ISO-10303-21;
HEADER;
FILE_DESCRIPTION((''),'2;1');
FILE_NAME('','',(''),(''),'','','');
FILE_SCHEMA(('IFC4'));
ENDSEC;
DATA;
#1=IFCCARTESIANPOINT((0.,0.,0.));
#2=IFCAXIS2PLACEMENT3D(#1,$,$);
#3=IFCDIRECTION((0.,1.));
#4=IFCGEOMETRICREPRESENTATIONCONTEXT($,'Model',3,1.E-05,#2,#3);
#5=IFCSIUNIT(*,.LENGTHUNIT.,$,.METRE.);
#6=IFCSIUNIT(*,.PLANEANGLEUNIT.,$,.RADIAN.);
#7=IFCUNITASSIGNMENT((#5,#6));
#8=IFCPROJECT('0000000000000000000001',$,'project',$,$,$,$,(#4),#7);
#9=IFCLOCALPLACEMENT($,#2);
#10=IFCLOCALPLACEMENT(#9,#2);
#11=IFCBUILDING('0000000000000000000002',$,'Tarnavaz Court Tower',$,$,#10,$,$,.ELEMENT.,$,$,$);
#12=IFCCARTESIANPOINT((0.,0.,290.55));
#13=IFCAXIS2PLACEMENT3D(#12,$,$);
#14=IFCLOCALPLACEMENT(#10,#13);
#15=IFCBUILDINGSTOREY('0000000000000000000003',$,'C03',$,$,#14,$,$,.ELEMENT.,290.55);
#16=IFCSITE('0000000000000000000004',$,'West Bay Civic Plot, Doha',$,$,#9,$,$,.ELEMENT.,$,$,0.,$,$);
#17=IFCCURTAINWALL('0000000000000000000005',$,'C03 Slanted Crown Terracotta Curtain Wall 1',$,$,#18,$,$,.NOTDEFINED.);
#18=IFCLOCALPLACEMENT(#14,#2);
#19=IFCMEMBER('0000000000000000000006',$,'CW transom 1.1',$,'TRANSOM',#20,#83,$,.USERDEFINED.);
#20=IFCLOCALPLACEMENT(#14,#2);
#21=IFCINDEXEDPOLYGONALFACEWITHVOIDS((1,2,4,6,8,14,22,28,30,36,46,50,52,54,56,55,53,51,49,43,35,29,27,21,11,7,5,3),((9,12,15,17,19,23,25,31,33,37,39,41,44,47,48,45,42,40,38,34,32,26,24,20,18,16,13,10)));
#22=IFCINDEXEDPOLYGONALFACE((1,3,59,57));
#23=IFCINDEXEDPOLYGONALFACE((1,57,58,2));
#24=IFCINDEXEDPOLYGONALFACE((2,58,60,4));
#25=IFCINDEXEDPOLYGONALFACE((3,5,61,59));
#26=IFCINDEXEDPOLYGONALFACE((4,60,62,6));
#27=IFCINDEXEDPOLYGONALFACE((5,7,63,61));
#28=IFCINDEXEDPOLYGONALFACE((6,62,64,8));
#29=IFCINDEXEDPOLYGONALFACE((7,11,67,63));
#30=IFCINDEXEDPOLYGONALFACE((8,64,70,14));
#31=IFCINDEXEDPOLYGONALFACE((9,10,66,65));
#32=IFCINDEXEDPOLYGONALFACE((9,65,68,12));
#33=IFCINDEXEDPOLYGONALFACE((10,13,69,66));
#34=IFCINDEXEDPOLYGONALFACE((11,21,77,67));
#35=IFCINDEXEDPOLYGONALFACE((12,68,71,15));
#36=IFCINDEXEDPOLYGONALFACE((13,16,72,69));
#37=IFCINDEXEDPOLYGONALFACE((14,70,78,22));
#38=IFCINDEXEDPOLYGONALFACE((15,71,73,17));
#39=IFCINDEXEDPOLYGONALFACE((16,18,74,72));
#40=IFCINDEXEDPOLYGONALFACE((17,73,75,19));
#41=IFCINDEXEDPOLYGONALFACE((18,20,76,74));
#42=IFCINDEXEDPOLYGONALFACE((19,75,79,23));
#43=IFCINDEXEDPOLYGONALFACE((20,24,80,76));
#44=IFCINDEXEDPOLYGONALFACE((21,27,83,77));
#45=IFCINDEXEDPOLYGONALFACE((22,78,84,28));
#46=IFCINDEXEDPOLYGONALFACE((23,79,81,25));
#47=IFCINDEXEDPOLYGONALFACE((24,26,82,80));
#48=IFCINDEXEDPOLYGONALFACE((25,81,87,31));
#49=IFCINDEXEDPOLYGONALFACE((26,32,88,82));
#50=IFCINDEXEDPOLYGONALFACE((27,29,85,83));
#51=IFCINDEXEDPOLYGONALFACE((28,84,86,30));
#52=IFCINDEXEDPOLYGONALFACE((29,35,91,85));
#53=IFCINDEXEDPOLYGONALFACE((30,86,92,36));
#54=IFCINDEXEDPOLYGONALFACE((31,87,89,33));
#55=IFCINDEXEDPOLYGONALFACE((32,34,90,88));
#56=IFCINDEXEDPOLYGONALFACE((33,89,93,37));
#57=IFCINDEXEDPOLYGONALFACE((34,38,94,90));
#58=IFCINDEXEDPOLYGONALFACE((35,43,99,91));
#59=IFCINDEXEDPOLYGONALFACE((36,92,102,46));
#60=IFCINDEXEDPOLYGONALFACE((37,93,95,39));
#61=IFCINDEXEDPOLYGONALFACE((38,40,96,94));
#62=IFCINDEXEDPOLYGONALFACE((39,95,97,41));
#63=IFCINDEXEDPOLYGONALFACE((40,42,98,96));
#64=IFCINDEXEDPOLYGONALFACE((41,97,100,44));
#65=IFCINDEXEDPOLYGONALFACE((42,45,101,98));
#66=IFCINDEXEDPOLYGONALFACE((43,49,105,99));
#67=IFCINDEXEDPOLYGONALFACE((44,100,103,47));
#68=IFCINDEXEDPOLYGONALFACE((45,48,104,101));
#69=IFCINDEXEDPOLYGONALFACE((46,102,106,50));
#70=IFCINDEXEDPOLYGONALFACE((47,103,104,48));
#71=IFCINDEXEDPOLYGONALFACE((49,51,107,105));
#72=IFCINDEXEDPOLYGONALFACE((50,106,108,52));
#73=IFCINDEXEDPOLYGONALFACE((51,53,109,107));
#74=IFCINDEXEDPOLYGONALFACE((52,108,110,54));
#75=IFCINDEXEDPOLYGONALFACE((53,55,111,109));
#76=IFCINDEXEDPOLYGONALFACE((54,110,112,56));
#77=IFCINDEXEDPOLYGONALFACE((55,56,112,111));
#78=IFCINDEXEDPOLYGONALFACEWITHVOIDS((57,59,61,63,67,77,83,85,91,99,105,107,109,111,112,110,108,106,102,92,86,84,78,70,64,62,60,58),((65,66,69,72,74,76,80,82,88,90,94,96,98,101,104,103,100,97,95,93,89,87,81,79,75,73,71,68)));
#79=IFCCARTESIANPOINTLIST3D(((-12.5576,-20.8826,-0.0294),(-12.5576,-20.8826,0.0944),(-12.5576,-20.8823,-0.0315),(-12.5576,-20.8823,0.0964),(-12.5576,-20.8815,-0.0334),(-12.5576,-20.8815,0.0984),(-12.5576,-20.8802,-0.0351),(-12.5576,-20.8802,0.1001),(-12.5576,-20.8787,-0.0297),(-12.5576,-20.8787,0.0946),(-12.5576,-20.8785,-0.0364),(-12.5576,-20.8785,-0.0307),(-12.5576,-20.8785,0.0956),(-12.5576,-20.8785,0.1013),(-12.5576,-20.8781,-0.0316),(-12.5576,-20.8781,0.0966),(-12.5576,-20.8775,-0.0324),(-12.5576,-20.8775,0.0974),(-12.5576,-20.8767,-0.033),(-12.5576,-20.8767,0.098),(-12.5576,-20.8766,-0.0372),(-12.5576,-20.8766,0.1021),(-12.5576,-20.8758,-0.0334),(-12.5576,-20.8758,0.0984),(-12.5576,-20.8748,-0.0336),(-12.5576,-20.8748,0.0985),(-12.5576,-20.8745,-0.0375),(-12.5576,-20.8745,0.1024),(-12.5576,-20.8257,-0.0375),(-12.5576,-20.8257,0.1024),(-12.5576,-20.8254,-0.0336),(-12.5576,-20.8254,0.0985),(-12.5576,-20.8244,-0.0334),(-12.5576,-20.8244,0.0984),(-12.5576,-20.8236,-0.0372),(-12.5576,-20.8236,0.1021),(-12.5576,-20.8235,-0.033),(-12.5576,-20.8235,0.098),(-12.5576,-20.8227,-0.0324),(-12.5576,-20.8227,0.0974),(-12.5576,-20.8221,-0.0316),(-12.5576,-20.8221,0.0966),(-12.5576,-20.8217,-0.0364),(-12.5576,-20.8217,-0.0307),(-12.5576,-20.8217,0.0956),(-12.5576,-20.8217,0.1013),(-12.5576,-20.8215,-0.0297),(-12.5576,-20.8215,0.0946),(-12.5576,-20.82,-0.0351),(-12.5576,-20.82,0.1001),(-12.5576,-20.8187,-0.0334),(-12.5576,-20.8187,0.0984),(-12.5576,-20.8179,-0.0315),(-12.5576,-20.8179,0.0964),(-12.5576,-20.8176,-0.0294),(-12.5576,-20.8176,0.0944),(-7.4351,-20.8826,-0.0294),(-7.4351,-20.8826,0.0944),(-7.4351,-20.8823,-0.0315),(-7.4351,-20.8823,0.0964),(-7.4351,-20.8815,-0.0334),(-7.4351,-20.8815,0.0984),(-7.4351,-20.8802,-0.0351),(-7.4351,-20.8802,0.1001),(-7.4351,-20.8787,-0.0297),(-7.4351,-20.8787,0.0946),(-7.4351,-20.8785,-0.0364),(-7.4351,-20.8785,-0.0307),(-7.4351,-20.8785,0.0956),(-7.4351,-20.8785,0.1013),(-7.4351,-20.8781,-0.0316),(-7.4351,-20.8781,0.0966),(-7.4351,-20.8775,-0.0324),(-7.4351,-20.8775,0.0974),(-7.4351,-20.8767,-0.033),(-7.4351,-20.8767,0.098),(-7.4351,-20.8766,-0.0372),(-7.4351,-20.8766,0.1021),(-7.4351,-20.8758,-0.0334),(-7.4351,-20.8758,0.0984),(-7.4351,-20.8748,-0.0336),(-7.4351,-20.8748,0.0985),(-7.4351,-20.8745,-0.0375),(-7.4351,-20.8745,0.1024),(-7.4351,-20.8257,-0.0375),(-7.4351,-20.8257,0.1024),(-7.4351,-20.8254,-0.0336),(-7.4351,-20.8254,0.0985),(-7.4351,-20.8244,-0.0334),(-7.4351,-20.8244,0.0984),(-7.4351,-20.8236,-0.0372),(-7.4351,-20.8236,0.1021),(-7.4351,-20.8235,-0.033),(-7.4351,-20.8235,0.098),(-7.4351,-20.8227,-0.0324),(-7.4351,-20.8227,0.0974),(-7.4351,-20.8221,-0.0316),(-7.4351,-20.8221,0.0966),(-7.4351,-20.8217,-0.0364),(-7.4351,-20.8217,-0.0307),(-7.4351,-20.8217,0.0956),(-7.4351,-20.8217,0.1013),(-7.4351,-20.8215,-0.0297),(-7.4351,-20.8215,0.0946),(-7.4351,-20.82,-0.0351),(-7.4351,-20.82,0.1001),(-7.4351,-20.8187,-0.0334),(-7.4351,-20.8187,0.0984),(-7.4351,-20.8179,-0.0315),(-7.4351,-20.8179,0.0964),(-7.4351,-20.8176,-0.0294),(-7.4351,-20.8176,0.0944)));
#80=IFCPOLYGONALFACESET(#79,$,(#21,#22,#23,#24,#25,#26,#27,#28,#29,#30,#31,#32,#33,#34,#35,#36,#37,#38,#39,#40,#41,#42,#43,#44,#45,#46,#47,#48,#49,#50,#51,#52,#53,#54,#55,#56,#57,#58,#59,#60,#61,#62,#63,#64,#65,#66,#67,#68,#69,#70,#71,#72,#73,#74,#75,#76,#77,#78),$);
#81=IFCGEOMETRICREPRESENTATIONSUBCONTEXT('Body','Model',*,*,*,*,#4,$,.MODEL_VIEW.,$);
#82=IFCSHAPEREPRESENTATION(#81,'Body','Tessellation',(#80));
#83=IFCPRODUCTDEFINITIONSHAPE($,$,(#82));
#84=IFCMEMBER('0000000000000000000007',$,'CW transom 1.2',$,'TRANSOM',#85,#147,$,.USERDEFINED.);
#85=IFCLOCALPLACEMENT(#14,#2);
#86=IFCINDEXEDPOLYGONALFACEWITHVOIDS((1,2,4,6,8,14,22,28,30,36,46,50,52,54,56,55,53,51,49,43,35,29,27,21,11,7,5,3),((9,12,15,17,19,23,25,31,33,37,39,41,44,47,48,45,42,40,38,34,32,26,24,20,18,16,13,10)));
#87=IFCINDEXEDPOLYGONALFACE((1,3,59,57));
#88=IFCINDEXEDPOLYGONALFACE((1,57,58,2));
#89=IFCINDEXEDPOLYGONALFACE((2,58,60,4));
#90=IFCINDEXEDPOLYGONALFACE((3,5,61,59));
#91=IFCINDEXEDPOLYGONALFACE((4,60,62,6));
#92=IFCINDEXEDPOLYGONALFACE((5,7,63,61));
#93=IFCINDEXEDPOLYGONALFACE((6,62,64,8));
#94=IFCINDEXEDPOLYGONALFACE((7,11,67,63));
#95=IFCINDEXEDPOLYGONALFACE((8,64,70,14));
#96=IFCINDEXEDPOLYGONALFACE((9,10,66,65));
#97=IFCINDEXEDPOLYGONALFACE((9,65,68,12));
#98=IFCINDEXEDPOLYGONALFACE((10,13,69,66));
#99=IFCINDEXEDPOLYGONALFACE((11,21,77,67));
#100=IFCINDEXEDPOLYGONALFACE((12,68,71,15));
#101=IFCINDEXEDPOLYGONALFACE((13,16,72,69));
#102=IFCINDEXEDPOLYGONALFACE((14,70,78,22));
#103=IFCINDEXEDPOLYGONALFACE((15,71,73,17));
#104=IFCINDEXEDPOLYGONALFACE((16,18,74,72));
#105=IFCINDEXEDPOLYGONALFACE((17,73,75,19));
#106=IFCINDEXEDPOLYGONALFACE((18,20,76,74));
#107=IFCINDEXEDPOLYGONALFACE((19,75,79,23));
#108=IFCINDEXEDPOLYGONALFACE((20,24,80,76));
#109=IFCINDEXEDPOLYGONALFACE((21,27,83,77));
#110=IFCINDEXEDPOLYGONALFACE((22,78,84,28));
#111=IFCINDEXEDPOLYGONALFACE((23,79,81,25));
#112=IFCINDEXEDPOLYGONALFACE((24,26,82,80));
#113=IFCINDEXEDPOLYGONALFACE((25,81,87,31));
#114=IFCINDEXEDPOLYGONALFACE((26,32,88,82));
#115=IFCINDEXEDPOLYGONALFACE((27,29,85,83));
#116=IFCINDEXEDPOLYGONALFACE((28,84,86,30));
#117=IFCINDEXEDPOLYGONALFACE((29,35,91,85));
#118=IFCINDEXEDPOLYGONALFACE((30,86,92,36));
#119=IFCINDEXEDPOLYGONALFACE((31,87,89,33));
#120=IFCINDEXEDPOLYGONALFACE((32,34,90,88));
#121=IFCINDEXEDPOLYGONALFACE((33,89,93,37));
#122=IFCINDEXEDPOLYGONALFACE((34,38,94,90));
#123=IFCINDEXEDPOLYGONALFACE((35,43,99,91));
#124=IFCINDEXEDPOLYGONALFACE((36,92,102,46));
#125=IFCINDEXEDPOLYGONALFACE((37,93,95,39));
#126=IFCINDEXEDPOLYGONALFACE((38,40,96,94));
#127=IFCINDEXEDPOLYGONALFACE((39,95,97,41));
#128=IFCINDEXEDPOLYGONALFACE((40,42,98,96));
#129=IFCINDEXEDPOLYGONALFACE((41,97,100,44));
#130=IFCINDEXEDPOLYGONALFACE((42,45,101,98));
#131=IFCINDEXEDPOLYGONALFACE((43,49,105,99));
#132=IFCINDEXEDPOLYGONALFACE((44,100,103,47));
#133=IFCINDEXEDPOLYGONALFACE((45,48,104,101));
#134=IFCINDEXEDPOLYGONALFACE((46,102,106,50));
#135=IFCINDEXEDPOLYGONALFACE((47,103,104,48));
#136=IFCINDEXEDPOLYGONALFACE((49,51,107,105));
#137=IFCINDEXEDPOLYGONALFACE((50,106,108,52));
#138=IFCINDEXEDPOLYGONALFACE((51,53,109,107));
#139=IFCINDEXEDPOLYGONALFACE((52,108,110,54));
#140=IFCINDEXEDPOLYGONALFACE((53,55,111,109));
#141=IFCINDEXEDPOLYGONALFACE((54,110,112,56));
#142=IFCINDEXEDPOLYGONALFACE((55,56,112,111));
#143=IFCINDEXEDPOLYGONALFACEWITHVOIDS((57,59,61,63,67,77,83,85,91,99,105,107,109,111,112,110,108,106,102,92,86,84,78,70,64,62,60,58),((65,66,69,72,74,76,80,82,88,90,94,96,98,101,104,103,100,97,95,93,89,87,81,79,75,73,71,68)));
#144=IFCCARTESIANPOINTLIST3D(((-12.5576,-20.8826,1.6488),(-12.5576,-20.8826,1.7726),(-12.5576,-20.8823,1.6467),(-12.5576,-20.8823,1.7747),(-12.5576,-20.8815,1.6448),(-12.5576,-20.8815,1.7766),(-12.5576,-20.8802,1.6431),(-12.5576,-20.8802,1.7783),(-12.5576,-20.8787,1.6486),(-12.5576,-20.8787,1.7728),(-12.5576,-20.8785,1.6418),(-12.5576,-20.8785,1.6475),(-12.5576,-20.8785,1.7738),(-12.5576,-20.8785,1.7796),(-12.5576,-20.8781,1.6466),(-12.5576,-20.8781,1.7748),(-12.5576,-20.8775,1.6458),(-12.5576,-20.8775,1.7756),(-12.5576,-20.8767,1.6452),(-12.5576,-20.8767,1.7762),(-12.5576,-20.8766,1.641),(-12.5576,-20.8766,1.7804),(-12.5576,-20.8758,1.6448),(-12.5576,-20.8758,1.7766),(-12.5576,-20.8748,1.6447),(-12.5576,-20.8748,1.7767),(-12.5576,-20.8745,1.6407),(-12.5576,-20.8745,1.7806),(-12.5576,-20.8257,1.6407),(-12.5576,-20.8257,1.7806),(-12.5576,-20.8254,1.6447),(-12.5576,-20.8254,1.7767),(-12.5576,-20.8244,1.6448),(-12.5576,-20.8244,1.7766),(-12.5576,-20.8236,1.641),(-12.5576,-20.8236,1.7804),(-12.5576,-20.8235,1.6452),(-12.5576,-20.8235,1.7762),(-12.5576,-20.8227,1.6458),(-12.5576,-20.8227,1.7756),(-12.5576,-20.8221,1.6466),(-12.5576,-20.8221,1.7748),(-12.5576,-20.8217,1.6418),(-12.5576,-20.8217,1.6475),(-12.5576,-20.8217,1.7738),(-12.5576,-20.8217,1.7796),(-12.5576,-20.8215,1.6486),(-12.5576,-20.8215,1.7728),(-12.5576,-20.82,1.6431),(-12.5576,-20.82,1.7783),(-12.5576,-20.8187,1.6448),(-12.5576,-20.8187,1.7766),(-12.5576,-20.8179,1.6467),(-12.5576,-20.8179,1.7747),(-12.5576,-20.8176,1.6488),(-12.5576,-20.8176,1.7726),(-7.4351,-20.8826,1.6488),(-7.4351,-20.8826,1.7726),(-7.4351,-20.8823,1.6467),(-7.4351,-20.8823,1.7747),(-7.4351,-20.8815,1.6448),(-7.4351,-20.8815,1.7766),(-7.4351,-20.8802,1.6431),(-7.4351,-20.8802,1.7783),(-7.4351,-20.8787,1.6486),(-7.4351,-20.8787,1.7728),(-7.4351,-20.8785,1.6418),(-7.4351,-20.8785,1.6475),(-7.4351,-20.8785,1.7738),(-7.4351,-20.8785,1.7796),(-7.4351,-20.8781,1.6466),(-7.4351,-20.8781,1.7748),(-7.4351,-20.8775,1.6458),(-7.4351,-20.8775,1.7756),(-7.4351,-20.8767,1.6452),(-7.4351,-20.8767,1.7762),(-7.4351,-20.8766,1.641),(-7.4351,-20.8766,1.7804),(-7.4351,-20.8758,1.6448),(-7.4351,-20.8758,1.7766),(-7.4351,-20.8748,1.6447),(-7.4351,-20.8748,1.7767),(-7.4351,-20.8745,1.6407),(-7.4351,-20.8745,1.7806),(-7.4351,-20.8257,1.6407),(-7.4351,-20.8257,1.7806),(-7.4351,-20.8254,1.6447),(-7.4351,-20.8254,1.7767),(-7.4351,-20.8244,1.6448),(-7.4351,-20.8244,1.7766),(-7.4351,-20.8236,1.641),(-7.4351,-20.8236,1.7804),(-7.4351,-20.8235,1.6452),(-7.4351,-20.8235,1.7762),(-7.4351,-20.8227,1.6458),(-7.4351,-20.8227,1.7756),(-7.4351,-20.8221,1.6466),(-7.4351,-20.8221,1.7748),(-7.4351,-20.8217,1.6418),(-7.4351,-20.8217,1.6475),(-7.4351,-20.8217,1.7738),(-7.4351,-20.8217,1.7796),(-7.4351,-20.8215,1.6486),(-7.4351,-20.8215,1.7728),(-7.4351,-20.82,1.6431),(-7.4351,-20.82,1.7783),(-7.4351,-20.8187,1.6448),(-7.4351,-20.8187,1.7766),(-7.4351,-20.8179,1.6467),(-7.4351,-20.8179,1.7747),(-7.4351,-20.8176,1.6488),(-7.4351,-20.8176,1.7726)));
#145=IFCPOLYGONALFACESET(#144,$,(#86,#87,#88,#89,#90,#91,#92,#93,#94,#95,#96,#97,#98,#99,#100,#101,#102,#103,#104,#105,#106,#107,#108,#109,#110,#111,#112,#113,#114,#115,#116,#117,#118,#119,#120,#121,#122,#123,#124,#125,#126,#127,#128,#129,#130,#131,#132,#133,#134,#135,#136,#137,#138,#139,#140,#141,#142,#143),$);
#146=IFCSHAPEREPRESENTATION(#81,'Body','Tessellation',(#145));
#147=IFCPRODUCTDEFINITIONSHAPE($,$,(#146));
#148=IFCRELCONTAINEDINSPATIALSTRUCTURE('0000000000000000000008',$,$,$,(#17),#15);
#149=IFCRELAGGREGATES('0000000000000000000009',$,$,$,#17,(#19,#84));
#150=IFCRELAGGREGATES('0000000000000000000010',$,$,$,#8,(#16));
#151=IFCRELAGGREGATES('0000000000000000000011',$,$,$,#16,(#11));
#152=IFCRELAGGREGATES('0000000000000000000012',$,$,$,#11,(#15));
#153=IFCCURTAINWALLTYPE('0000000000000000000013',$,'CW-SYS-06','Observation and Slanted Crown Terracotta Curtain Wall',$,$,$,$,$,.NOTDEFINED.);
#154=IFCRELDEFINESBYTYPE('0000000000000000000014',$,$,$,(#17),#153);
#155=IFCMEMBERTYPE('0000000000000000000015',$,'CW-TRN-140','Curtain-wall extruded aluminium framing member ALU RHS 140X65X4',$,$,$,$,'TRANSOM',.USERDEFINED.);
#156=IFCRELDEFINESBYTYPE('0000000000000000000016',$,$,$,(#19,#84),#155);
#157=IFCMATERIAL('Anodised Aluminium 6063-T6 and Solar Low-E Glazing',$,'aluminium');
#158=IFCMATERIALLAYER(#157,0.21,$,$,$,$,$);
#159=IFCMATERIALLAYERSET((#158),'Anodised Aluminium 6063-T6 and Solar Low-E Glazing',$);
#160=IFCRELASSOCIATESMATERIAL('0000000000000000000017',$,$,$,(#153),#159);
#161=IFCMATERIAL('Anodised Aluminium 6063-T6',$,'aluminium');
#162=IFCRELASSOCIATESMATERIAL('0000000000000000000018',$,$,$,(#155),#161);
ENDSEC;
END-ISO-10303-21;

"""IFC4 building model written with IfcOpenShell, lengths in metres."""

from ifc_helpers import new_model, si_unit, direction, frame, origin, origin_2d, place, context, subcontext, project, spatial, hollow_rectangle, extrude, material, layer, layer_set, material_profile, profile_set, type_object, element, aggregate, save


model = new_model("IFC4")

# Units and contexts
model_context = context("Model", 3, precision=1e-05, world=origin(), true_north=direction((0.0, 1.0)))
body_context = subcontext(model_context, "Body", "Model", "MODEL_VIEW")
ifc_project = project(units=[si_unit("LENGTHUNIT", "METRE"), si_unit("PLANEANGLEUNIT", "RADIAN")], contexts=[model_context])

# Site, building, storey
site_placement = place(None, origin())
site = spatial("IfcSite", under=ifc_project, at=site_placement, Name="West Bay Civic Plot, Doha", CompositionType="ELEMENT", RefElevation=0.0)
building_placement = place(site_placement, origin())
building = spatial("IfcBuilding", under=site, at=building_placement, Name="Tarnavaz Court Tower", CompositionType="ELEMENT")
storey_placement = place(building_placement, frame((0.0, 0.0, 290.55)))
storey = spatial("IfcBuildingStorey", under=building, at=storey_placement, Name="C03", CompositionType="ELEMENT", Elevation=290.55)

# Curtain wall
ifc_material_1 = material(Name="Anodised Aluminium 6063-T6 and Solar Low-E Glazing", Category="aluminium")
ifc_layer_1 = layer(ifc_material_1, 0.21)
ifc_layer_set_1 = layer_set([ifc_layer_1], Name="Anodised Aluminium 6063-T6 and Solar Low-E Glazing")
curtain_wall_type = type_object("IfcCurtainWallType", Name="CW-SYS-06", Description="Observation and Slanted Crown Terracotta Curtain Wall", PredefinedType="NOTDEFINED", material=ifc_layer_set_1)
curtain_wall_1_placement = place(storey_placement, origin())
curtain_wall_1 = element("IfcCurtainWall", 1, at=curtain_wall_1_placement, inside=storey, type_object=curtain_wall_type, Name="C03 Slanted Crown Terracotta Curtain Wall 1", PredefinedType="NOTDEFINED")
ifc_material_2 = material(Name="Anodised Aluminium 6063-T6", Category="aluminium")

# Members
ifc_material_profile_1 = material_profile(ifc_material_2, hollow_rectangle(XDim=0.0649, YDim=0.1399, WallThickness=0.0039, InnerFilletRadius=0.0039, OuterFilletRadius=0.0081, at=origin_2d()), Name="ALU RHS 140X65X4")
ifc_profile_set_1 = profile_set([ifc_material_profile_1], Name="Anodised Aluminium 6063-T6")
member_type_1 = type_object("IfcMemberType", Name="CW-TRN-140", Description="Curtain-wall extruded aluminium framing member ALU RHS 140X65X4", ElementType="TRANSOM", PredefinedType="USERDEFINED", material=ifc_profile_set_1)
member_1_placement = place(storey_placement, frame((-7.4351, -20.8501, 0.0325), z_axis=(-1.0, 0.0, 0.0), x_axis=(0.0, -1.0, 0.0)))
member_1 = element("IfcMember", 2, at=member_1_placement, type_object=member_type_1, Name="CW transom 1.1", ObjectType="TRANSOM", PredefinedType="USERDEFINED", context=body_context, shape_type="SweptSolid", body=[
    extrude(hollow_rectangle(XDim=0.0649, YDim=0.1399, WallThickness=0.0039, InnerFilletRadius=0.0039, OuterFilletRadius=0.0081, at=origin_2d()), origin(), (0.0, 0.0, 1.0), 5.1226),
])
member_2_placement = place(storey_placement, frame((-7.4351, -20.8501, 1.7107), z_axis=(-1.0, 0.0, 0.0), x_axis=(0.0, -1.0, 0.0)))
member_2 = element("IfcMember", 3, at=member_2_placement, type_object=member_type_1, Name="CW transom 1.2", ObjectType="TRANSOM", PredefinedType="USERDEFINED", context=body_context, shape_type="SweptSolid", body=[
    extrude(hollow_rectangle(XDim=0.0649, YDim=0.1399, WallThickness=0.0039, InnerFilletRadius=0.0039, OuterFilletRadius=0.0081, at=origin_2d()), origin(), (0.0, 0.0, 1.0), 5.1226),
])

aggregate(curtain_wall_1, [member_1, member_2])

save(model, "model.ifc")
